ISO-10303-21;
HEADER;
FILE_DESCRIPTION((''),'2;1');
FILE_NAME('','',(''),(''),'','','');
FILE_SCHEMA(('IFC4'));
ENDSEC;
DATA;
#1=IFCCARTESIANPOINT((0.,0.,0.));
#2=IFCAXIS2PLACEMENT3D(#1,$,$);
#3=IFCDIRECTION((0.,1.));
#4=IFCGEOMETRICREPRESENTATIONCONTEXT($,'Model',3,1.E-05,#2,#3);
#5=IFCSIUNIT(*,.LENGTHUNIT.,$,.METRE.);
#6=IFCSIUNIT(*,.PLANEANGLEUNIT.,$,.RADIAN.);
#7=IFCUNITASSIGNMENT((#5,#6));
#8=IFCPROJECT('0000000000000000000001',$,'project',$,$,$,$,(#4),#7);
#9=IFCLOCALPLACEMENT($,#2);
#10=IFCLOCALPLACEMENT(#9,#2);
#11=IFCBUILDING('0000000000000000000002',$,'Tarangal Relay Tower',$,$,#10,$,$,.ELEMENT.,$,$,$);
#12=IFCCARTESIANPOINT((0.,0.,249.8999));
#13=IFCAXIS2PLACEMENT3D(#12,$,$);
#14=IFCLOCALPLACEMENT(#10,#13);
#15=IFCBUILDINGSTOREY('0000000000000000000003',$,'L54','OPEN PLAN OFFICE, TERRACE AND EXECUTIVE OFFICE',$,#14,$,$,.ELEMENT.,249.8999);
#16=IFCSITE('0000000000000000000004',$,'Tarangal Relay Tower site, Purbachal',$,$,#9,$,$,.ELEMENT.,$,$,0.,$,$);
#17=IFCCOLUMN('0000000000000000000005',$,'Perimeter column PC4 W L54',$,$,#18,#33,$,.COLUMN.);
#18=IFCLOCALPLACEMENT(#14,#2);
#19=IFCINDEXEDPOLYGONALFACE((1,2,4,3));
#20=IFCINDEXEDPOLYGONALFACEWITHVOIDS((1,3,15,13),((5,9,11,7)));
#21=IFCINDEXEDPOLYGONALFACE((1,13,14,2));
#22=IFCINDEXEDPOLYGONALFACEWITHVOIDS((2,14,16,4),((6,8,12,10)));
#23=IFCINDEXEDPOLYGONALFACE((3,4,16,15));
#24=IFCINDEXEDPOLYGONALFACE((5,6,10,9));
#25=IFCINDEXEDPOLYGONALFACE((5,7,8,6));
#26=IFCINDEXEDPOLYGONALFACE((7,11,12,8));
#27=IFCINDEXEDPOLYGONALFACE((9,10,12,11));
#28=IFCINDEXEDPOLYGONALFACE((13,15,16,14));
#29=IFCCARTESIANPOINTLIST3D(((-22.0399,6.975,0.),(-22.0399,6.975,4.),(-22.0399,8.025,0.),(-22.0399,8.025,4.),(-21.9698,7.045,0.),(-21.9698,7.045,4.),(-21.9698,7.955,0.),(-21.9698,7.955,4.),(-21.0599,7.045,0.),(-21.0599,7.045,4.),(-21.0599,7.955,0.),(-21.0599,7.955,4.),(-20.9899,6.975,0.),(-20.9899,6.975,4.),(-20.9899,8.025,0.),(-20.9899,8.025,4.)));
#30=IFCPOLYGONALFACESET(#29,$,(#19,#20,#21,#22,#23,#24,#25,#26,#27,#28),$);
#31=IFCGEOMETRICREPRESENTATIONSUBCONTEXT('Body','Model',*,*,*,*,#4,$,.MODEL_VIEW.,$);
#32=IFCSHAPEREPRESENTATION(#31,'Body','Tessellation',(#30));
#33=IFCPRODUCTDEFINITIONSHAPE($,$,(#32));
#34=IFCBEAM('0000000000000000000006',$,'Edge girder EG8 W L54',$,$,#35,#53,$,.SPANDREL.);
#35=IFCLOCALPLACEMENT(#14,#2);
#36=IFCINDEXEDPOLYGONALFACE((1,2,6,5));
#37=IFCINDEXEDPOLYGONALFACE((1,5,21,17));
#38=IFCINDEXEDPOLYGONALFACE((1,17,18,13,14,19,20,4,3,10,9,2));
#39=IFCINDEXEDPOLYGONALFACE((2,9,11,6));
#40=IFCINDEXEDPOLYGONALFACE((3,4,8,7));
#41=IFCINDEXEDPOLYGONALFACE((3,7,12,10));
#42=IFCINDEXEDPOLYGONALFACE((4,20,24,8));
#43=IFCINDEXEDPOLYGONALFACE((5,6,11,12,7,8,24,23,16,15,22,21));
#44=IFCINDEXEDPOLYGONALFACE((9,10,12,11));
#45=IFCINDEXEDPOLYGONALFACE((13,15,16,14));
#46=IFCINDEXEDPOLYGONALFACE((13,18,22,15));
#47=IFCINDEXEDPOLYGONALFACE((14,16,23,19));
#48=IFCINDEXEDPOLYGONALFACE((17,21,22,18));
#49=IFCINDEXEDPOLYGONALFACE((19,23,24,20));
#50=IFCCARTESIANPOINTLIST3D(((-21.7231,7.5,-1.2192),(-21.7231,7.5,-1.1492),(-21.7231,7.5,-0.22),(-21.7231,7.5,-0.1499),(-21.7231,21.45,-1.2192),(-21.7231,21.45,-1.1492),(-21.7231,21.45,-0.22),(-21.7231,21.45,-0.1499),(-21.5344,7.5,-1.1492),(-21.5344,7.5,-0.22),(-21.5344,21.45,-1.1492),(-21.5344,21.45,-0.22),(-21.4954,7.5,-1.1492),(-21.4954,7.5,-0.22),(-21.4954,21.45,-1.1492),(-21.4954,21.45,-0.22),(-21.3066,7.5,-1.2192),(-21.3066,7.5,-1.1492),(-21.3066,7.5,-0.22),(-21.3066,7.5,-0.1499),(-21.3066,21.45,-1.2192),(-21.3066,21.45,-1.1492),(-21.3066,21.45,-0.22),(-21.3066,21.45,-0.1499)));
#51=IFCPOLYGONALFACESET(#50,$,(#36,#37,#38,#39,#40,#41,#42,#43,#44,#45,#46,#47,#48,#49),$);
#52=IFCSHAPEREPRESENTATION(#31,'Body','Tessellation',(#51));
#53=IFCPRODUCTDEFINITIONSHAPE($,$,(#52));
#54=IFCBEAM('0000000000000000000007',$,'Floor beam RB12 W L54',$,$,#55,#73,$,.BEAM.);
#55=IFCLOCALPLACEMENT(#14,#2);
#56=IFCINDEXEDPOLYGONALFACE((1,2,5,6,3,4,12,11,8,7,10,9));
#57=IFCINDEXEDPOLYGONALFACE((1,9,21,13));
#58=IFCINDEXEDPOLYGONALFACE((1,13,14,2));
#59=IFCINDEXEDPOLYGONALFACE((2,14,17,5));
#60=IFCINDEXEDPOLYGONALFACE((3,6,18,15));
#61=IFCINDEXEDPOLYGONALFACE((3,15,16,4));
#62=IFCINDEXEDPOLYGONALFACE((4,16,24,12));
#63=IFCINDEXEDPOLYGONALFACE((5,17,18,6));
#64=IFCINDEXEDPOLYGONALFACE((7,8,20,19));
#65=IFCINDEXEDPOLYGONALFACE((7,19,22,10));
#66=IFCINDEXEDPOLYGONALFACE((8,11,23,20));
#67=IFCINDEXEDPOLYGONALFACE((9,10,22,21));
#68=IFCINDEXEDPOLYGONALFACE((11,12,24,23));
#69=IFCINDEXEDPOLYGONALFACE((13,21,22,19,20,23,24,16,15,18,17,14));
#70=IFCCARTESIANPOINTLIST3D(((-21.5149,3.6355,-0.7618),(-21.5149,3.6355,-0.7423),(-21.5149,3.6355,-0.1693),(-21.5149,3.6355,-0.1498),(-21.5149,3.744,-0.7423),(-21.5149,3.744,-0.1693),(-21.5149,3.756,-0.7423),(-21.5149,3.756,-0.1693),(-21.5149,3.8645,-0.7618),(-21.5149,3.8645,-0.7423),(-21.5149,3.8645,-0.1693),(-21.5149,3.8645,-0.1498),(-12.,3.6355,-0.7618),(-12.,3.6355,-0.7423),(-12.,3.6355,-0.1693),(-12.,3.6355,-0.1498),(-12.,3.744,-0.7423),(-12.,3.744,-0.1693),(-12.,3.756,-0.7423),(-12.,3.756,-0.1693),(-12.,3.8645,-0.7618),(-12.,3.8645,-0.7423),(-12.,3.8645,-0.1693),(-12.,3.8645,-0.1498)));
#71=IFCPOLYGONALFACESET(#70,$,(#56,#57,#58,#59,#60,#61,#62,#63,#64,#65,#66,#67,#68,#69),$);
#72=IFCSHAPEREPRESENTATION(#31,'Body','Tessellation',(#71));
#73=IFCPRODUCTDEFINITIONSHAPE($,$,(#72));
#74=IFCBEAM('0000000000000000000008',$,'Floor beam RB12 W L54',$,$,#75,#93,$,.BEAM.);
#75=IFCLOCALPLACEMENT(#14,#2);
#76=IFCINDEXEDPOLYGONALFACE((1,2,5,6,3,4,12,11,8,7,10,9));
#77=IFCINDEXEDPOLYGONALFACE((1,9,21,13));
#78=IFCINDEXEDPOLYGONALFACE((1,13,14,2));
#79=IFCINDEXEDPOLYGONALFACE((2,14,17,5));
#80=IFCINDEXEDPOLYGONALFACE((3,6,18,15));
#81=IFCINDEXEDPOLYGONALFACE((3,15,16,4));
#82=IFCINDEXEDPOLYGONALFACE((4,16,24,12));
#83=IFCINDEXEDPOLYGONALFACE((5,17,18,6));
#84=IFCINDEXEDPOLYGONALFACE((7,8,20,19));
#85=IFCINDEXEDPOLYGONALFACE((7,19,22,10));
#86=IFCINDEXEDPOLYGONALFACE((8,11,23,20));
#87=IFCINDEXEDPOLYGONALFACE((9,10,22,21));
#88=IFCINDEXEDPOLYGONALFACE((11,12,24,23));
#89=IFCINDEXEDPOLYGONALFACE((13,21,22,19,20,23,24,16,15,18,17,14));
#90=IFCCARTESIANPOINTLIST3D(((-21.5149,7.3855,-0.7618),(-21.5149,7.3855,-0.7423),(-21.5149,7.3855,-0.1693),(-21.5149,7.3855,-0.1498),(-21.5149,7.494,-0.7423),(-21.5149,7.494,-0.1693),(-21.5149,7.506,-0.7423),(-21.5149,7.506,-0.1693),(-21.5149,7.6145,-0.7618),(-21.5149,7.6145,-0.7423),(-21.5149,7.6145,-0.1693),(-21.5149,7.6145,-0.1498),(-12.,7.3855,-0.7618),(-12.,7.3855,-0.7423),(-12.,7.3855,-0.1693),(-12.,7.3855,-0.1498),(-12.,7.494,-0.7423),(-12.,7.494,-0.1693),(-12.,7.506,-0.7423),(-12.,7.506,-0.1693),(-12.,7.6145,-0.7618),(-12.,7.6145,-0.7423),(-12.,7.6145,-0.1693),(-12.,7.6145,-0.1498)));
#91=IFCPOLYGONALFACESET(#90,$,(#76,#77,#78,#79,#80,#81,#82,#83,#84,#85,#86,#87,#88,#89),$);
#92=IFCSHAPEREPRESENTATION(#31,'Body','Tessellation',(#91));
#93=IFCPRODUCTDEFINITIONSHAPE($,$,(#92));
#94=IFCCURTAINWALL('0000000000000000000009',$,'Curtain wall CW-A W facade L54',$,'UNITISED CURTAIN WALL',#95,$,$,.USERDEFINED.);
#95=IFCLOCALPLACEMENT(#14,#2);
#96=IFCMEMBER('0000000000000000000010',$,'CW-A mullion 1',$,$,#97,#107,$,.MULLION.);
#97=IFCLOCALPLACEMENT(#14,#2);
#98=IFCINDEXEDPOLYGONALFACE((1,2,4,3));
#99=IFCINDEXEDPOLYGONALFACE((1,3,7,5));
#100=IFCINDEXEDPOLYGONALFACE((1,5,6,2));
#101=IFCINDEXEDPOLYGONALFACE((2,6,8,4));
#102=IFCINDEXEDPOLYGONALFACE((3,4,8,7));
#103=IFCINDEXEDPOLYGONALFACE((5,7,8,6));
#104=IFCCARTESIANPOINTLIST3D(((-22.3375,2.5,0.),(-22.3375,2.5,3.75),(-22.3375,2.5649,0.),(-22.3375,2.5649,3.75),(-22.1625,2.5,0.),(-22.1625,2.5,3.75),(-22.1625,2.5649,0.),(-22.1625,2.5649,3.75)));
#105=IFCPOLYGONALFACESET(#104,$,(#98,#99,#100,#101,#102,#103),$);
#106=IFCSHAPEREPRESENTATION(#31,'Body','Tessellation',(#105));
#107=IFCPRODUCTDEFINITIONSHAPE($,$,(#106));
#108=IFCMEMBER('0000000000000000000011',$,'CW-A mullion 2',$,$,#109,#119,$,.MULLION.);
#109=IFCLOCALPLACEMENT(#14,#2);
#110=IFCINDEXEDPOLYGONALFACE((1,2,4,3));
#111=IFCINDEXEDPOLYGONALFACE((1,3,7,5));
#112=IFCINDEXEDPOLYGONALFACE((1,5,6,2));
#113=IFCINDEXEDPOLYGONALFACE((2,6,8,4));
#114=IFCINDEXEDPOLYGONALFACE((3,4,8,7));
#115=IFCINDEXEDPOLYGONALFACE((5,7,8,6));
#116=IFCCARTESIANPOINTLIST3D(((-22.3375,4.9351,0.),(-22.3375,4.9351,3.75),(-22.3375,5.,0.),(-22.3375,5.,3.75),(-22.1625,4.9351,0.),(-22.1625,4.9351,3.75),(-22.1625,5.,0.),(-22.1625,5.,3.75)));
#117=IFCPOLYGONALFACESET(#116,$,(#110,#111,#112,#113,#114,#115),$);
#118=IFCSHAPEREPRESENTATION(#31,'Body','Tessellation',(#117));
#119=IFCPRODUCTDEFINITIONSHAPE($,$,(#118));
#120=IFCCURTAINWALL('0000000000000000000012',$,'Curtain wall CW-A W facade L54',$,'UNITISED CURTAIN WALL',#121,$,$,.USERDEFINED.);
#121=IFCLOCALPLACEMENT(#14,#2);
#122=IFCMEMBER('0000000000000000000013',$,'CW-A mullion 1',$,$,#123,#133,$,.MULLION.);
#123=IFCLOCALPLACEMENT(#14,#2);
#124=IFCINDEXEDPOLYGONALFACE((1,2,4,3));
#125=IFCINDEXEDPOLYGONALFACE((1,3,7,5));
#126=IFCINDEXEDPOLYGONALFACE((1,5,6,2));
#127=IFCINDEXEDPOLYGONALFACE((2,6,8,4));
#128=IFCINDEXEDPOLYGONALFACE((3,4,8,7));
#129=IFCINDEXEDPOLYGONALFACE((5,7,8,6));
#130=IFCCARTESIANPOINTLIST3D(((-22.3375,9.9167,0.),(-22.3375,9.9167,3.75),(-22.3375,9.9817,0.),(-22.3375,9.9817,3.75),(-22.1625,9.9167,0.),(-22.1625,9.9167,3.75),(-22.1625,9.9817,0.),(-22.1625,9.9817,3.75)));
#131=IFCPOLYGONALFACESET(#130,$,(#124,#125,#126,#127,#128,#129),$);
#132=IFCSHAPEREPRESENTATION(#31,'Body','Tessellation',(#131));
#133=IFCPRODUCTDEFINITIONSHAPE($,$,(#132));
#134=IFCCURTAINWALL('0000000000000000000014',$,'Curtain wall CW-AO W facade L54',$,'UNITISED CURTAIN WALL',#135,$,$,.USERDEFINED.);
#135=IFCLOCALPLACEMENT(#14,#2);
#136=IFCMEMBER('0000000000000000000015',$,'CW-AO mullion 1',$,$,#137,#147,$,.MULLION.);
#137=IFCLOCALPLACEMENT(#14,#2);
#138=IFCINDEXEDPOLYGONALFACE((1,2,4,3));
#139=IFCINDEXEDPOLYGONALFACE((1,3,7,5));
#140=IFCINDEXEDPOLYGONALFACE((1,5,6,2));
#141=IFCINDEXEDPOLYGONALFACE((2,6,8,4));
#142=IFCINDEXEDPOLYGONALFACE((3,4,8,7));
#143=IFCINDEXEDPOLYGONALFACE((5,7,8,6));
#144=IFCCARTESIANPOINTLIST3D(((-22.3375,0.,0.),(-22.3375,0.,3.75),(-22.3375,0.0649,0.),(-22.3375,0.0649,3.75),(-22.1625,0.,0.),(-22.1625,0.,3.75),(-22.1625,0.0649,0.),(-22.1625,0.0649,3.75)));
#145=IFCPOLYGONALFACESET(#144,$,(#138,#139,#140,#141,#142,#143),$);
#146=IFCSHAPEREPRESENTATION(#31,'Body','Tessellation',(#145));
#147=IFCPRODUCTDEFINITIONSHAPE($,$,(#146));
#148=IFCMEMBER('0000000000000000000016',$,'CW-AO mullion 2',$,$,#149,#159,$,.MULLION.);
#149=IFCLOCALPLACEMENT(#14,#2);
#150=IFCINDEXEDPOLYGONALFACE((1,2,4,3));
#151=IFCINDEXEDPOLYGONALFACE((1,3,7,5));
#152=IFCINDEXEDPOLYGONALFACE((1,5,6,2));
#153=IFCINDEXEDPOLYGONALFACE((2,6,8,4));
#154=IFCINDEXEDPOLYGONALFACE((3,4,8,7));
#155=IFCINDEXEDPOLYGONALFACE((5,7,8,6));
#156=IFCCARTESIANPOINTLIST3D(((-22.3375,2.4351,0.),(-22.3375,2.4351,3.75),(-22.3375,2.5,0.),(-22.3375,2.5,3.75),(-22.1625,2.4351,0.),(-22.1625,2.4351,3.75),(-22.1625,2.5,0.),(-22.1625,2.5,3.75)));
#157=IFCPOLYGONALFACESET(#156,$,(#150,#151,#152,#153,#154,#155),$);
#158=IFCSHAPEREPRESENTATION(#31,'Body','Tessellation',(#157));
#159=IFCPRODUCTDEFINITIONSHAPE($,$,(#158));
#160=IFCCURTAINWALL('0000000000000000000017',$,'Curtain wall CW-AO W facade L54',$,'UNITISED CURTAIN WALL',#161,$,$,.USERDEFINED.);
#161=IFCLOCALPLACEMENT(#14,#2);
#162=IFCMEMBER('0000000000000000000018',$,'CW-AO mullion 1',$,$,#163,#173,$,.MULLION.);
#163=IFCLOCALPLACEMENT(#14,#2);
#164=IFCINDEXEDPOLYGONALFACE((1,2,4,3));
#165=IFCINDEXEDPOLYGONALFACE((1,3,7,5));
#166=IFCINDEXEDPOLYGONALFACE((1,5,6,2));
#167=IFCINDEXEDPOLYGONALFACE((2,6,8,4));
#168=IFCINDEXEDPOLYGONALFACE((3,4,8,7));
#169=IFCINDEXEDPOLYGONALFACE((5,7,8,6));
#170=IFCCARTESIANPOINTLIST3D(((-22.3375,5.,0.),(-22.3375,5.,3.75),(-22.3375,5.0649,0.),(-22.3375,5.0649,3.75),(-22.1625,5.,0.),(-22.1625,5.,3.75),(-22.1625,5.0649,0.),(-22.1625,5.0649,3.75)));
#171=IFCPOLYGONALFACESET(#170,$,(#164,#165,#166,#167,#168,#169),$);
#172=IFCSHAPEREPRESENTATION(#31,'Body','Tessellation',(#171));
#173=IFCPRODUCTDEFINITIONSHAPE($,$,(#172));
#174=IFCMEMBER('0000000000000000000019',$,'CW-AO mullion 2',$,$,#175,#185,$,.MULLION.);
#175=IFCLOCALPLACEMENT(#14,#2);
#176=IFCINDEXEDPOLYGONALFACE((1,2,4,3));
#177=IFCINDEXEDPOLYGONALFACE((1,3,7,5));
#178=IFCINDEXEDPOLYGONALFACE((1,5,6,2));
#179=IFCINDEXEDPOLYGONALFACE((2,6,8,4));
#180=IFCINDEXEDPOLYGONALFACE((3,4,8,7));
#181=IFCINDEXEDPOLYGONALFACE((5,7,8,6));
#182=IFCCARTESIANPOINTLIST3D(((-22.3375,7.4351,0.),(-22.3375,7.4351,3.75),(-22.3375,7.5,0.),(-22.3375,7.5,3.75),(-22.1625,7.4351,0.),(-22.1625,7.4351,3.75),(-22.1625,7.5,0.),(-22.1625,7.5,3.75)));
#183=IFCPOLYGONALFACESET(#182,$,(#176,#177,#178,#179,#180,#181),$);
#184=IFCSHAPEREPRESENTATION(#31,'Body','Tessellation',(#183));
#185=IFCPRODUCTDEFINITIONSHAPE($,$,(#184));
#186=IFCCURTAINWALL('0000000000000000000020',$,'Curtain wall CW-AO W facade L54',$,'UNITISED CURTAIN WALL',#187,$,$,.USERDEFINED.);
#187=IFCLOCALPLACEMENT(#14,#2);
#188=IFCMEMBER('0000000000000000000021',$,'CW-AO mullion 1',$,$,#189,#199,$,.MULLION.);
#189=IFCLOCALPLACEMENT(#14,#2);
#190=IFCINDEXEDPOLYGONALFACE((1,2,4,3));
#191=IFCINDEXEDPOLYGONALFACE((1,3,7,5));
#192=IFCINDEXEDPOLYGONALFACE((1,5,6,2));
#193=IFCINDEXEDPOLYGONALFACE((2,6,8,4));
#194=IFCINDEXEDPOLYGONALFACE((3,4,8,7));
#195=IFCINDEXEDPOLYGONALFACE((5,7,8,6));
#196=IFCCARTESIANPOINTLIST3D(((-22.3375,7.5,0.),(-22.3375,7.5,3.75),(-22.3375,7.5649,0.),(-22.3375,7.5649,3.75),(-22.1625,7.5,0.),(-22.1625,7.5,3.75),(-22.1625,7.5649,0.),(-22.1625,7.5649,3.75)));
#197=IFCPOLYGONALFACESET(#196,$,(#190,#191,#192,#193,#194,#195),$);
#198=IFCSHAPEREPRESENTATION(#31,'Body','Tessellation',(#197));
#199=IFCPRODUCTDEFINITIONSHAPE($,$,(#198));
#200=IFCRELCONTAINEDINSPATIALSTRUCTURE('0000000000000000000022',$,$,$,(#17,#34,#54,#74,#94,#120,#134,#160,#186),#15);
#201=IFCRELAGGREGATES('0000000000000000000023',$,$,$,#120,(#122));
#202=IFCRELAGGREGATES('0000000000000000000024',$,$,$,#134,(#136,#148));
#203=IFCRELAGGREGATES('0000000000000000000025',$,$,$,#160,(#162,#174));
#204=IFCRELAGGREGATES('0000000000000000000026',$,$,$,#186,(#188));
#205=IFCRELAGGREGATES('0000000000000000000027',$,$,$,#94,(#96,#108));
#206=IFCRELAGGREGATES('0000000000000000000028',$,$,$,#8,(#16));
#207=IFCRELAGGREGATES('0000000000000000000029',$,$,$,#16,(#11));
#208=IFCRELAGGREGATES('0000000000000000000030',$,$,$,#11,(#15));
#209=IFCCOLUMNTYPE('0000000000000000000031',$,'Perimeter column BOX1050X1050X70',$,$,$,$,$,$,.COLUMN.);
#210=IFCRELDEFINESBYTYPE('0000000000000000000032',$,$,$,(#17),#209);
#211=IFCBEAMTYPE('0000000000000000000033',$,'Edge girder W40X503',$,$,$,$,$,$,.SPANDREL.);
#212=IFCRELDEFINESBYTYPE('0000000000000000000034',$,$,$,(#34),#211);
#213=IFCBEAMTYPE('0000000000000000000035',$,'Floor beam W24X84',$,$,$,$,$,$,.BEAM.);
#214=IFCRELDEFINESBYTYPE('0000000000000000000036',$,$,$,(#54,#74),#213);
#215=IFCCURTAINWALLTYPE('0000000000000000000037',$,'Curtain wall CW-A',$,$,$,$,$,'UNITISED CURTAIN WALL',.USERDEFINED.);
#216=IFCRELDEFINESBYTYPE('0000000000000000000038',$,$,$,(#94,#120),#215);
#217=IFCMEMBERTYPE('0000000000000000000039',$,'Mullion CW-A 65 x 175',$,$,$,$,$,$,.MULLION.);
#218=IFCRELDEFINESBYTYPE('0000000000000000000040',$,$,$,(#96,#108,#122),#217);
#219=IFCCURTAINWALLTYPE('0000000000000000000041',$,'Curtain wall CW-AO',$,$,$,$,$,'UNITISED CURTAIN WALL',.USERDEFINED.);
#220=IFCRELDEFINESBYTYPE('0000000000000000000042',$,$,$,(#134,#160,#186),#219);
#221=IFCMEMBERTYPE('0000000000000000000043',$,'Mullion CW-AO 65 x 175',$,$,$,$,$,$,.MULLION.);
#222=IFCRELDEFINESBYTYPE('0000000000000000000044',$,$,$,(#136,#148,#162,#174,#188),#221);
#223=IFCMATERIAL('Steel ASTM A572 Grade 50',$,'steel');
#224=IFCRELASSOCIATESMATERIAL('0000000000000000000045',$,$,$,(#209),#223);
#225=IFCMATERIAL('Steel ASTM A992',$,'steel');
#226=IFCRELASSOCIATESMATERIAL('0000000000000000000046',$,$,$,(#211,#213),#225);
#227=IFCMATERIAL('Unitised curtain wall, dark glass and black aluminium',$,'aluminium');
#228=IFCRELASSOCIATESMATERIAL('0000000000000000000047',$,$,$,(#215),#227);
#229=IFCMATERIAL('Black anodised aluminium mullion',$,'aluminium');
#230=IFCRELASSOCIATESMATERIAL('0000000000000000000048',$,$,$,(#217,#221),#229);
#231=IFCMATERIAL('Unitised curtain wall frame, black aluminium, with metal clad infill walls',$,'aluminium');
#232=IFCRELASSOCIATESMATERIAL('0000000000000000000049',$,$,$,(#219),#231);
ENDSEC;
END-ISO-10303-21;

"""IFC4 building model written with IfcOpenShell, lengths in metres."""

from ifc_helpers import new_model, si_unit, direction, frame, origin, origin_2d, place, context, subcontext, project, spatial, rectangle, hollow_rectangle, i_section, extrude, material, material_profile, profile_set, type_object, element, aggregate, save


model = new_model("IFC4")

# Units and contexts
model_context = context("Model", 3, precision=1e-05, world=origin(), true_north=direction((0.0, 1.0)))
body_context = subcontext(model_context, "Body", "Model", "MODEL_VIEW")
ifc_project = project(units=[si_unit("LENGTHUNIT", "METRE"), si_unit("PLANEANGLEUNIT", "RADIAN")], contexts=[model_context])

# Site, building, storey
site_placement = place(None, origin())
site = spatial("IfcSite", under=ifc_project, at=site_placement, Name="Tarangal Relay Tower site, Purbachal", CompositionType="ELEMENT", RefElevation=0.0)
building_placement = place(site_placement, origin())
building = spatial("IfcBuilding", under=site, at=building_placement, Name="Tarangal Relay Tower", CompositionType="ELEMENT")
storey_placement = place(building_placement, frame((0.0, 0.0, 249.8999)))
storey = spatial("IfcBuildingStorey", under=building, at=storey_placement, Name="L54", Description="OPEN PLAN OFFICE, TERRACE AND EXECUTIVE OFFICE", CompositionType="ELEMENT", Elevation=249.8999)

# Column
ifc_material_1 = material(Name="Steel ASTM A572 Grade 50", Category="steel")
ifc_material_profile_1 = material_profile(ifc_material_1, hollow_rectangle(XDim=1.05, YDim=1.05, WallThickness=0.0701, at=origin_2d()), Name="BOX1050X1050X70")
ifc_profile_set_1 = profile_set([ifc_material_profile_1], Name="Steel ASTM A572 Grade 50")
column_type = type_object("IfcColumnType", Name="Perimeter column BOX1050X1050X70", PredefinedType="COLUMN", material=ifc_profile_set_1)
column_placement = place(storey_placement, frame((-21.5149, 7.5, 0.0), z_axis=(0.0, 0.0, 1.0), x_axis=(1.0, 0.0, 0.0)))
element("IfcColumn", 1, at=column_placement, inside=storey, type_object=column_type, Name="Perimeter column PC4 W L54", PredefinedType="COLUMN", context=body_context, shape_type="SweptSolid", body=[
    extrude(hollow_rectangle(XDim=1.05, YDim=1.05, WallThickness=0.0701, at=origin_2d()), origin(), (0.0, 0.0, 1.0), 4.0),
])

# Beams
ifc_material_2 = material(Name="Steel ASTM A992", Category="steel")
ifc_material_profile_2 = material_profile(ifc_material_2, i_section(OverallWidth=0.4165, OverallDepth=1.0693, WebThickness=0.0391, FlangeThickness=0.0701, at=origin_2d()), Name="W40X503")
ifc_profile_set_2 = profile_set([ifc_material_profile_2], Name="Steel ASTM A992")
beam_type_1 = type_object("IfcBeamType", Name="Edge girder W40X503", PredefinedType="SPANDREL", material=ifc_profile_set_2)
beam_placement = place(storey_placement, frame((-21.5149, 7.5, -0.6846), z_axis=(0.0, 1.0, 0.0), x_axis=(-1.0, 0.0, 0.0)))
element("IfcBeam", 2, at=beam_placement, inside=storey, type_object=beam_type_1, Name="Edge girder EG8 W L54", PredefinedType="SPANDREL", context=body_context, shape_type="SweptSolid", body=[
    extrude(i_section(OverallWidth=0.4165, OverallDepth=1.0693, WebThickness=0.0391, FlangeThickness=0.0701, at=origin_2d()), origin(), (0.0, 0.0, 1.0), 13.95),
])
ifc_material_profile_3 = material_profile(ifc_material_2, i_section(OverallWidth=0.229, OverallDepth=0.6121, WebThickness=0.012, FlangeThickness=0.0195, at=origin_2d()), Name="W24X84")
ifc_profile_set_3 = profile_set([ifc_material_profile_3], Name="Steel ASTM A992")
beam_type_2 = type_object("IfcBeamType", Name="Floor beam W24X84", PredefinedType="BEAM", material=ifc_profile_set_3)
for number, where, z_axis, x_axis, name in (
    (3, (-12.0, 3.75, -0.4558), (-1.0, 0.0, 0.0), (0.0, -1.0, 0.0), "Floor beam RB12 W L54"),
    (4, (-12.0, 7.5, -0.4558), (-1.0, 0.0, 0.0), (0.0, -1.0, 0.0), "Floor beam RB12 W L54"),
):
    element("IfcBeam", number, at=place(storey_placement, frame(where, z_axis=z_axis, x_axis=x_axis)), inside=storey, type_object=beam_type_2, Name=name, PredefinedType="BEAM", context=body_context, shape_type="SweptSolid", body=[
        extrude(i_section(OverallWidth=0.229, OverallDepth=0.6121, WebThickness=0.012, FlangeThickness=0.0195, at=origin_2d()), origin(), (0.0, 0.0, 1.0), 9.5149),
    ])

# Curtain wall, members
ifc_material_3 = material(Name="Unitised curtain wall, dark glass and black aluminium", Category="aluminium")
curtain_wall_type_1 = type_object("IfcCurtainWallType", Name="Curtain wall CW-A", ElementType="UNITISED CURTAIN WALL", PredefinedType="USERDEFINED", material=ifc_material_3)
curtain_wall_1_placement = place(storey_placement, origin())
curtain_wall_1 = element("IfcCurtainWall", 5, at=curtain_wall_1_placement, inside=storey, type_object=curtain_wall_type_1, Name="Curtain wall CW-A W facade L54", ObjectType="UNITISED CURTAIN WALL", PredefinedType="USERDEFINED")
ifc_material_4 = material(Name="Black anodised aluminium mullion", Category="aluminium")
ifc_material_profile_4 = material_profile(ifc_material_4, rectangle(XDim=0.175, YDim=0.0649, at=origin_2d()), Name="CW-AM 65X175")
ifc_profile_set_4 = profile_set([ifc_material_profile_4], Name="Black anodised aluminium mullion")
member_type_1 = type_object("IfcMemberType", Name="Mullion CW-A 65 x 175", PredefinedType="MULLION", material=ifc_profile_set_4)
member_1_placement = place(storey_placement, frame((-22.25, 2.5325, 0.0), z_axis=(0.0, 0.0, 1.0), x_axis=(-1.0, 0.0, 0.0)))
member_1 = element("IfcMember", 6, at=member_1_placement, type_object=member_type_1, Name="CW-A mullion 1", PredefinedType="MULLION", context=body_context, shape_type="SweptSolid", body=[
    extrude(rectangle(XDim=0.175, YDim=0.0649, at=origin_2d()), origin(), (0.0, 0.0, 1.0), 3.75),
])
member_2_placement = place(storey_placement, frame((-22.25, 4.9675, 0.0), z_axis=(0.0, 0.0, 1.0), x_axis=(-1.0, 0.0, 0.0)))
member_2 = element("IfcMember", 7, at=member_2_placement, type_object=member_type_1, Name="CW-A mullion 2", PredefinedType="MULLION", context=body_context, shape_type="SweptSolid", body=[
    extrude(rectangle(XDim=0.175, YDim=0.0649, at=origin_2d()), origin(), (0.0, 0.0, 1.0), 3.75),
])

# Curtain wall, member
curtain_wall_2_placement = place(storey_placement, origin())
curtain_wall_2 = element("IfcCurtainWall", 8, at=curtain_wall_2_placement, inside=storey, type_object=curtain_wall_type_1, Name="Curtain wall CW-A W facade L54", ObjectType="UNITISED CURTAIN WALL", PredefinedType="USERDEFINED")
member_3_placement = place(storey_placement, frame((-22.25, 9.9492, 0.0), z_axis=(0.0, 0.0, 1.0), x_axis=(-1.0, 0.0, 0.0)))
member_3 = element("IfcMember", 9, at=member_3_placement, type_object=member_type_1, Name="CW-A mullion 1", PredefinedType="MULLION", context=body_context, shape_type="SweptSolid", body=[
    extrude(rectangle(XDim=0.175, YDim=0.0649, at=origin_2d()), origin(), (0.0, 0.0, 1.0), 3.75),
])

# Curtain walls, members
ifc_material_5 = material(Name="Unitised curtain wall frame, black aluminium, with metal clad infill walls", Category="aluminium")
curtain_wall_type_2 = type_object("IfcCurtainWallType", Name="Curtain wall CW-AO", ElementType="UNITISED CURTAIN WALL", PredefinedType="USERDEFINED", material=ifc_material_5)
curtain_wall_3_placement = place(storey_placement, origin())
curtain_wall_3 = element("IfcCurtainWall", 10, at=curtain_wall_3_placement, inside=storey, type_object=curtain_wall_type_2, Name="Curtain wall CW-AO W facade L54", ObjectType="UNITISED CURTAIN WALL", PredefinedType="USERDEFINED")
ifc_material_profile_5 = material_profile(ifc_material_4, rectangle(XDim=0.175, YDim=0.0649, at=origin_2d()), Name="CW-AOM 65X175")
ifc_profile_set_5 = profile_set([ifc_material_profile_5], Name="Black anodised aluminium mullion")
member_type_2 = type_object("IfcMemberType", Name="Mullion CW-AO 65 x 175", PredefinedType="MULLION", material=ifc_profile_set_5)
member_4_placement = place(storey_placement, frame((-22.25, 0.0325, 0.0), z_axis=(0.0, 0.0, 1.0), x_axis=(-1.0, 0.0, 0.0)))
member_4 = element("IfcMember", 11, at=member_4_placement, type_object=member_type_2, Name="CW-AO mullion 1", PredefinedType="MULLION", context=body_context, shape_type="SweptSolid", body=[
    extrude(rectangle(XDim=0.175, YDim=0.0649, at=origin_2d()), origin(), (0.0, 0.0, 1.0), 3.75),
])
member_5_placement = place(storey_placement, frame((-22.25, 2.4675, 0.0), z_axis=(0.0, 0.0, 1.0), x_axis=(-1.0, 0.0, 0.0)))
member_5 = element("IfcMember", 12, at=member_5_placement, type_object=member_type_2, Name="CW-AO mullion 2", PredefinedType="MULLION", context=body_context, shape_type="SweptSolid", body=[
    extrude(rectangle(XDim=0.175, YDim=0.0649, at=origin_2d()), origin(), (0.0, 0.0, 1.0), 3.75),
])
curtain_wall_4_placement = place(storey_placement, origin())
curtain_wall_4 = element("IfcCurtainWall", 13, at=curtain_wall_4_placement, inside=storey, type_object=curtain_wall_type_2, Name="Curtain wall CW-AO W facade L54", ObjectType="UNITISED CURTAIN WALL", PredefinedType="USERDEFINED")
member_6_placement = place(storey_placement, frame((-22.25, 5.0325, 0.0), z_axis=(0.0, 0.0, 1.0), x_axis=(-1.0, 0.0, 0.0)))
member_6 = element("IfcMember", 14, at=member_6_placement, type_object=member_type_2, Name="CW-AO mullion 1", PredefinedType="MULLION", context=body_context, shape_type="SweptSolid", body=[
    extrude(rectangle(XDim=0.175, YDim=0.0649, at=origin_2d()), origin(), (0.0, 0.0, 1.0), 3.75),
])
member_7_placement = place(storey_placement, frame((-22.25, 7.4675, 0.0), z_axis=(0.0, 0.0, 1.0), x_axis=(-1.0, 0.0, 0.0)))
member_7 = element("IfcMember", 15, at=member_7_placement, type_object=member_type_2, Name="CW-AO mullion 2", PredefinedType="MULLION", context=body_context, shape_type="SweptSolid", body=[
    extrude(rectangle(XDim=0.175, YDim=0.0649, at=origin_2d()), origin(), (0.0, 0.0, 1.0), 3.75),
])
curtain_wall_5_placement = place(storey_placement, origin())
curtain_wall_5 = element("IfcCurtainWall", 16, at=curtain_wall_5_placement, inside=storey, type_object=curtain_wall_type_2, Name="Curtain wall CW-AO W facade L54", ObjectType="UNITISED CURTAIN WALL", PredefinedType="USERDEFINED")
member_8_placement = place(storey_placement, frame((-22.25, 7.5325, 0.0), z_axis=(0.0, 0.0, 1.0), x_axis=(-1.0, 0.0, 0.0)))
member_8 = element("IfcMember", 17, at=member_8_placement, type_object=member_type_2, Name="CW-AO mullion 1", PredefinedType="MULLION", context=body_context, shape_type="SweptSolid", body=[
    extrude(rectangle(XDim=0.175, YDim=0.0649, at=origin_2d()), origin(), (0.0, 0.0, 1.0), 3.75),
])

aggregate(curtain_wall_2, [member_3])
aggregate(curtain_wall_3, [member_4, member_5])
aggregate(curtain_wall_4, [member_6, member_7])
aggregate(curtain_wall_5, [member_8])

aggregate(curtain_wall_1, [member_1, member_2])

save(model, "model.ifc")
